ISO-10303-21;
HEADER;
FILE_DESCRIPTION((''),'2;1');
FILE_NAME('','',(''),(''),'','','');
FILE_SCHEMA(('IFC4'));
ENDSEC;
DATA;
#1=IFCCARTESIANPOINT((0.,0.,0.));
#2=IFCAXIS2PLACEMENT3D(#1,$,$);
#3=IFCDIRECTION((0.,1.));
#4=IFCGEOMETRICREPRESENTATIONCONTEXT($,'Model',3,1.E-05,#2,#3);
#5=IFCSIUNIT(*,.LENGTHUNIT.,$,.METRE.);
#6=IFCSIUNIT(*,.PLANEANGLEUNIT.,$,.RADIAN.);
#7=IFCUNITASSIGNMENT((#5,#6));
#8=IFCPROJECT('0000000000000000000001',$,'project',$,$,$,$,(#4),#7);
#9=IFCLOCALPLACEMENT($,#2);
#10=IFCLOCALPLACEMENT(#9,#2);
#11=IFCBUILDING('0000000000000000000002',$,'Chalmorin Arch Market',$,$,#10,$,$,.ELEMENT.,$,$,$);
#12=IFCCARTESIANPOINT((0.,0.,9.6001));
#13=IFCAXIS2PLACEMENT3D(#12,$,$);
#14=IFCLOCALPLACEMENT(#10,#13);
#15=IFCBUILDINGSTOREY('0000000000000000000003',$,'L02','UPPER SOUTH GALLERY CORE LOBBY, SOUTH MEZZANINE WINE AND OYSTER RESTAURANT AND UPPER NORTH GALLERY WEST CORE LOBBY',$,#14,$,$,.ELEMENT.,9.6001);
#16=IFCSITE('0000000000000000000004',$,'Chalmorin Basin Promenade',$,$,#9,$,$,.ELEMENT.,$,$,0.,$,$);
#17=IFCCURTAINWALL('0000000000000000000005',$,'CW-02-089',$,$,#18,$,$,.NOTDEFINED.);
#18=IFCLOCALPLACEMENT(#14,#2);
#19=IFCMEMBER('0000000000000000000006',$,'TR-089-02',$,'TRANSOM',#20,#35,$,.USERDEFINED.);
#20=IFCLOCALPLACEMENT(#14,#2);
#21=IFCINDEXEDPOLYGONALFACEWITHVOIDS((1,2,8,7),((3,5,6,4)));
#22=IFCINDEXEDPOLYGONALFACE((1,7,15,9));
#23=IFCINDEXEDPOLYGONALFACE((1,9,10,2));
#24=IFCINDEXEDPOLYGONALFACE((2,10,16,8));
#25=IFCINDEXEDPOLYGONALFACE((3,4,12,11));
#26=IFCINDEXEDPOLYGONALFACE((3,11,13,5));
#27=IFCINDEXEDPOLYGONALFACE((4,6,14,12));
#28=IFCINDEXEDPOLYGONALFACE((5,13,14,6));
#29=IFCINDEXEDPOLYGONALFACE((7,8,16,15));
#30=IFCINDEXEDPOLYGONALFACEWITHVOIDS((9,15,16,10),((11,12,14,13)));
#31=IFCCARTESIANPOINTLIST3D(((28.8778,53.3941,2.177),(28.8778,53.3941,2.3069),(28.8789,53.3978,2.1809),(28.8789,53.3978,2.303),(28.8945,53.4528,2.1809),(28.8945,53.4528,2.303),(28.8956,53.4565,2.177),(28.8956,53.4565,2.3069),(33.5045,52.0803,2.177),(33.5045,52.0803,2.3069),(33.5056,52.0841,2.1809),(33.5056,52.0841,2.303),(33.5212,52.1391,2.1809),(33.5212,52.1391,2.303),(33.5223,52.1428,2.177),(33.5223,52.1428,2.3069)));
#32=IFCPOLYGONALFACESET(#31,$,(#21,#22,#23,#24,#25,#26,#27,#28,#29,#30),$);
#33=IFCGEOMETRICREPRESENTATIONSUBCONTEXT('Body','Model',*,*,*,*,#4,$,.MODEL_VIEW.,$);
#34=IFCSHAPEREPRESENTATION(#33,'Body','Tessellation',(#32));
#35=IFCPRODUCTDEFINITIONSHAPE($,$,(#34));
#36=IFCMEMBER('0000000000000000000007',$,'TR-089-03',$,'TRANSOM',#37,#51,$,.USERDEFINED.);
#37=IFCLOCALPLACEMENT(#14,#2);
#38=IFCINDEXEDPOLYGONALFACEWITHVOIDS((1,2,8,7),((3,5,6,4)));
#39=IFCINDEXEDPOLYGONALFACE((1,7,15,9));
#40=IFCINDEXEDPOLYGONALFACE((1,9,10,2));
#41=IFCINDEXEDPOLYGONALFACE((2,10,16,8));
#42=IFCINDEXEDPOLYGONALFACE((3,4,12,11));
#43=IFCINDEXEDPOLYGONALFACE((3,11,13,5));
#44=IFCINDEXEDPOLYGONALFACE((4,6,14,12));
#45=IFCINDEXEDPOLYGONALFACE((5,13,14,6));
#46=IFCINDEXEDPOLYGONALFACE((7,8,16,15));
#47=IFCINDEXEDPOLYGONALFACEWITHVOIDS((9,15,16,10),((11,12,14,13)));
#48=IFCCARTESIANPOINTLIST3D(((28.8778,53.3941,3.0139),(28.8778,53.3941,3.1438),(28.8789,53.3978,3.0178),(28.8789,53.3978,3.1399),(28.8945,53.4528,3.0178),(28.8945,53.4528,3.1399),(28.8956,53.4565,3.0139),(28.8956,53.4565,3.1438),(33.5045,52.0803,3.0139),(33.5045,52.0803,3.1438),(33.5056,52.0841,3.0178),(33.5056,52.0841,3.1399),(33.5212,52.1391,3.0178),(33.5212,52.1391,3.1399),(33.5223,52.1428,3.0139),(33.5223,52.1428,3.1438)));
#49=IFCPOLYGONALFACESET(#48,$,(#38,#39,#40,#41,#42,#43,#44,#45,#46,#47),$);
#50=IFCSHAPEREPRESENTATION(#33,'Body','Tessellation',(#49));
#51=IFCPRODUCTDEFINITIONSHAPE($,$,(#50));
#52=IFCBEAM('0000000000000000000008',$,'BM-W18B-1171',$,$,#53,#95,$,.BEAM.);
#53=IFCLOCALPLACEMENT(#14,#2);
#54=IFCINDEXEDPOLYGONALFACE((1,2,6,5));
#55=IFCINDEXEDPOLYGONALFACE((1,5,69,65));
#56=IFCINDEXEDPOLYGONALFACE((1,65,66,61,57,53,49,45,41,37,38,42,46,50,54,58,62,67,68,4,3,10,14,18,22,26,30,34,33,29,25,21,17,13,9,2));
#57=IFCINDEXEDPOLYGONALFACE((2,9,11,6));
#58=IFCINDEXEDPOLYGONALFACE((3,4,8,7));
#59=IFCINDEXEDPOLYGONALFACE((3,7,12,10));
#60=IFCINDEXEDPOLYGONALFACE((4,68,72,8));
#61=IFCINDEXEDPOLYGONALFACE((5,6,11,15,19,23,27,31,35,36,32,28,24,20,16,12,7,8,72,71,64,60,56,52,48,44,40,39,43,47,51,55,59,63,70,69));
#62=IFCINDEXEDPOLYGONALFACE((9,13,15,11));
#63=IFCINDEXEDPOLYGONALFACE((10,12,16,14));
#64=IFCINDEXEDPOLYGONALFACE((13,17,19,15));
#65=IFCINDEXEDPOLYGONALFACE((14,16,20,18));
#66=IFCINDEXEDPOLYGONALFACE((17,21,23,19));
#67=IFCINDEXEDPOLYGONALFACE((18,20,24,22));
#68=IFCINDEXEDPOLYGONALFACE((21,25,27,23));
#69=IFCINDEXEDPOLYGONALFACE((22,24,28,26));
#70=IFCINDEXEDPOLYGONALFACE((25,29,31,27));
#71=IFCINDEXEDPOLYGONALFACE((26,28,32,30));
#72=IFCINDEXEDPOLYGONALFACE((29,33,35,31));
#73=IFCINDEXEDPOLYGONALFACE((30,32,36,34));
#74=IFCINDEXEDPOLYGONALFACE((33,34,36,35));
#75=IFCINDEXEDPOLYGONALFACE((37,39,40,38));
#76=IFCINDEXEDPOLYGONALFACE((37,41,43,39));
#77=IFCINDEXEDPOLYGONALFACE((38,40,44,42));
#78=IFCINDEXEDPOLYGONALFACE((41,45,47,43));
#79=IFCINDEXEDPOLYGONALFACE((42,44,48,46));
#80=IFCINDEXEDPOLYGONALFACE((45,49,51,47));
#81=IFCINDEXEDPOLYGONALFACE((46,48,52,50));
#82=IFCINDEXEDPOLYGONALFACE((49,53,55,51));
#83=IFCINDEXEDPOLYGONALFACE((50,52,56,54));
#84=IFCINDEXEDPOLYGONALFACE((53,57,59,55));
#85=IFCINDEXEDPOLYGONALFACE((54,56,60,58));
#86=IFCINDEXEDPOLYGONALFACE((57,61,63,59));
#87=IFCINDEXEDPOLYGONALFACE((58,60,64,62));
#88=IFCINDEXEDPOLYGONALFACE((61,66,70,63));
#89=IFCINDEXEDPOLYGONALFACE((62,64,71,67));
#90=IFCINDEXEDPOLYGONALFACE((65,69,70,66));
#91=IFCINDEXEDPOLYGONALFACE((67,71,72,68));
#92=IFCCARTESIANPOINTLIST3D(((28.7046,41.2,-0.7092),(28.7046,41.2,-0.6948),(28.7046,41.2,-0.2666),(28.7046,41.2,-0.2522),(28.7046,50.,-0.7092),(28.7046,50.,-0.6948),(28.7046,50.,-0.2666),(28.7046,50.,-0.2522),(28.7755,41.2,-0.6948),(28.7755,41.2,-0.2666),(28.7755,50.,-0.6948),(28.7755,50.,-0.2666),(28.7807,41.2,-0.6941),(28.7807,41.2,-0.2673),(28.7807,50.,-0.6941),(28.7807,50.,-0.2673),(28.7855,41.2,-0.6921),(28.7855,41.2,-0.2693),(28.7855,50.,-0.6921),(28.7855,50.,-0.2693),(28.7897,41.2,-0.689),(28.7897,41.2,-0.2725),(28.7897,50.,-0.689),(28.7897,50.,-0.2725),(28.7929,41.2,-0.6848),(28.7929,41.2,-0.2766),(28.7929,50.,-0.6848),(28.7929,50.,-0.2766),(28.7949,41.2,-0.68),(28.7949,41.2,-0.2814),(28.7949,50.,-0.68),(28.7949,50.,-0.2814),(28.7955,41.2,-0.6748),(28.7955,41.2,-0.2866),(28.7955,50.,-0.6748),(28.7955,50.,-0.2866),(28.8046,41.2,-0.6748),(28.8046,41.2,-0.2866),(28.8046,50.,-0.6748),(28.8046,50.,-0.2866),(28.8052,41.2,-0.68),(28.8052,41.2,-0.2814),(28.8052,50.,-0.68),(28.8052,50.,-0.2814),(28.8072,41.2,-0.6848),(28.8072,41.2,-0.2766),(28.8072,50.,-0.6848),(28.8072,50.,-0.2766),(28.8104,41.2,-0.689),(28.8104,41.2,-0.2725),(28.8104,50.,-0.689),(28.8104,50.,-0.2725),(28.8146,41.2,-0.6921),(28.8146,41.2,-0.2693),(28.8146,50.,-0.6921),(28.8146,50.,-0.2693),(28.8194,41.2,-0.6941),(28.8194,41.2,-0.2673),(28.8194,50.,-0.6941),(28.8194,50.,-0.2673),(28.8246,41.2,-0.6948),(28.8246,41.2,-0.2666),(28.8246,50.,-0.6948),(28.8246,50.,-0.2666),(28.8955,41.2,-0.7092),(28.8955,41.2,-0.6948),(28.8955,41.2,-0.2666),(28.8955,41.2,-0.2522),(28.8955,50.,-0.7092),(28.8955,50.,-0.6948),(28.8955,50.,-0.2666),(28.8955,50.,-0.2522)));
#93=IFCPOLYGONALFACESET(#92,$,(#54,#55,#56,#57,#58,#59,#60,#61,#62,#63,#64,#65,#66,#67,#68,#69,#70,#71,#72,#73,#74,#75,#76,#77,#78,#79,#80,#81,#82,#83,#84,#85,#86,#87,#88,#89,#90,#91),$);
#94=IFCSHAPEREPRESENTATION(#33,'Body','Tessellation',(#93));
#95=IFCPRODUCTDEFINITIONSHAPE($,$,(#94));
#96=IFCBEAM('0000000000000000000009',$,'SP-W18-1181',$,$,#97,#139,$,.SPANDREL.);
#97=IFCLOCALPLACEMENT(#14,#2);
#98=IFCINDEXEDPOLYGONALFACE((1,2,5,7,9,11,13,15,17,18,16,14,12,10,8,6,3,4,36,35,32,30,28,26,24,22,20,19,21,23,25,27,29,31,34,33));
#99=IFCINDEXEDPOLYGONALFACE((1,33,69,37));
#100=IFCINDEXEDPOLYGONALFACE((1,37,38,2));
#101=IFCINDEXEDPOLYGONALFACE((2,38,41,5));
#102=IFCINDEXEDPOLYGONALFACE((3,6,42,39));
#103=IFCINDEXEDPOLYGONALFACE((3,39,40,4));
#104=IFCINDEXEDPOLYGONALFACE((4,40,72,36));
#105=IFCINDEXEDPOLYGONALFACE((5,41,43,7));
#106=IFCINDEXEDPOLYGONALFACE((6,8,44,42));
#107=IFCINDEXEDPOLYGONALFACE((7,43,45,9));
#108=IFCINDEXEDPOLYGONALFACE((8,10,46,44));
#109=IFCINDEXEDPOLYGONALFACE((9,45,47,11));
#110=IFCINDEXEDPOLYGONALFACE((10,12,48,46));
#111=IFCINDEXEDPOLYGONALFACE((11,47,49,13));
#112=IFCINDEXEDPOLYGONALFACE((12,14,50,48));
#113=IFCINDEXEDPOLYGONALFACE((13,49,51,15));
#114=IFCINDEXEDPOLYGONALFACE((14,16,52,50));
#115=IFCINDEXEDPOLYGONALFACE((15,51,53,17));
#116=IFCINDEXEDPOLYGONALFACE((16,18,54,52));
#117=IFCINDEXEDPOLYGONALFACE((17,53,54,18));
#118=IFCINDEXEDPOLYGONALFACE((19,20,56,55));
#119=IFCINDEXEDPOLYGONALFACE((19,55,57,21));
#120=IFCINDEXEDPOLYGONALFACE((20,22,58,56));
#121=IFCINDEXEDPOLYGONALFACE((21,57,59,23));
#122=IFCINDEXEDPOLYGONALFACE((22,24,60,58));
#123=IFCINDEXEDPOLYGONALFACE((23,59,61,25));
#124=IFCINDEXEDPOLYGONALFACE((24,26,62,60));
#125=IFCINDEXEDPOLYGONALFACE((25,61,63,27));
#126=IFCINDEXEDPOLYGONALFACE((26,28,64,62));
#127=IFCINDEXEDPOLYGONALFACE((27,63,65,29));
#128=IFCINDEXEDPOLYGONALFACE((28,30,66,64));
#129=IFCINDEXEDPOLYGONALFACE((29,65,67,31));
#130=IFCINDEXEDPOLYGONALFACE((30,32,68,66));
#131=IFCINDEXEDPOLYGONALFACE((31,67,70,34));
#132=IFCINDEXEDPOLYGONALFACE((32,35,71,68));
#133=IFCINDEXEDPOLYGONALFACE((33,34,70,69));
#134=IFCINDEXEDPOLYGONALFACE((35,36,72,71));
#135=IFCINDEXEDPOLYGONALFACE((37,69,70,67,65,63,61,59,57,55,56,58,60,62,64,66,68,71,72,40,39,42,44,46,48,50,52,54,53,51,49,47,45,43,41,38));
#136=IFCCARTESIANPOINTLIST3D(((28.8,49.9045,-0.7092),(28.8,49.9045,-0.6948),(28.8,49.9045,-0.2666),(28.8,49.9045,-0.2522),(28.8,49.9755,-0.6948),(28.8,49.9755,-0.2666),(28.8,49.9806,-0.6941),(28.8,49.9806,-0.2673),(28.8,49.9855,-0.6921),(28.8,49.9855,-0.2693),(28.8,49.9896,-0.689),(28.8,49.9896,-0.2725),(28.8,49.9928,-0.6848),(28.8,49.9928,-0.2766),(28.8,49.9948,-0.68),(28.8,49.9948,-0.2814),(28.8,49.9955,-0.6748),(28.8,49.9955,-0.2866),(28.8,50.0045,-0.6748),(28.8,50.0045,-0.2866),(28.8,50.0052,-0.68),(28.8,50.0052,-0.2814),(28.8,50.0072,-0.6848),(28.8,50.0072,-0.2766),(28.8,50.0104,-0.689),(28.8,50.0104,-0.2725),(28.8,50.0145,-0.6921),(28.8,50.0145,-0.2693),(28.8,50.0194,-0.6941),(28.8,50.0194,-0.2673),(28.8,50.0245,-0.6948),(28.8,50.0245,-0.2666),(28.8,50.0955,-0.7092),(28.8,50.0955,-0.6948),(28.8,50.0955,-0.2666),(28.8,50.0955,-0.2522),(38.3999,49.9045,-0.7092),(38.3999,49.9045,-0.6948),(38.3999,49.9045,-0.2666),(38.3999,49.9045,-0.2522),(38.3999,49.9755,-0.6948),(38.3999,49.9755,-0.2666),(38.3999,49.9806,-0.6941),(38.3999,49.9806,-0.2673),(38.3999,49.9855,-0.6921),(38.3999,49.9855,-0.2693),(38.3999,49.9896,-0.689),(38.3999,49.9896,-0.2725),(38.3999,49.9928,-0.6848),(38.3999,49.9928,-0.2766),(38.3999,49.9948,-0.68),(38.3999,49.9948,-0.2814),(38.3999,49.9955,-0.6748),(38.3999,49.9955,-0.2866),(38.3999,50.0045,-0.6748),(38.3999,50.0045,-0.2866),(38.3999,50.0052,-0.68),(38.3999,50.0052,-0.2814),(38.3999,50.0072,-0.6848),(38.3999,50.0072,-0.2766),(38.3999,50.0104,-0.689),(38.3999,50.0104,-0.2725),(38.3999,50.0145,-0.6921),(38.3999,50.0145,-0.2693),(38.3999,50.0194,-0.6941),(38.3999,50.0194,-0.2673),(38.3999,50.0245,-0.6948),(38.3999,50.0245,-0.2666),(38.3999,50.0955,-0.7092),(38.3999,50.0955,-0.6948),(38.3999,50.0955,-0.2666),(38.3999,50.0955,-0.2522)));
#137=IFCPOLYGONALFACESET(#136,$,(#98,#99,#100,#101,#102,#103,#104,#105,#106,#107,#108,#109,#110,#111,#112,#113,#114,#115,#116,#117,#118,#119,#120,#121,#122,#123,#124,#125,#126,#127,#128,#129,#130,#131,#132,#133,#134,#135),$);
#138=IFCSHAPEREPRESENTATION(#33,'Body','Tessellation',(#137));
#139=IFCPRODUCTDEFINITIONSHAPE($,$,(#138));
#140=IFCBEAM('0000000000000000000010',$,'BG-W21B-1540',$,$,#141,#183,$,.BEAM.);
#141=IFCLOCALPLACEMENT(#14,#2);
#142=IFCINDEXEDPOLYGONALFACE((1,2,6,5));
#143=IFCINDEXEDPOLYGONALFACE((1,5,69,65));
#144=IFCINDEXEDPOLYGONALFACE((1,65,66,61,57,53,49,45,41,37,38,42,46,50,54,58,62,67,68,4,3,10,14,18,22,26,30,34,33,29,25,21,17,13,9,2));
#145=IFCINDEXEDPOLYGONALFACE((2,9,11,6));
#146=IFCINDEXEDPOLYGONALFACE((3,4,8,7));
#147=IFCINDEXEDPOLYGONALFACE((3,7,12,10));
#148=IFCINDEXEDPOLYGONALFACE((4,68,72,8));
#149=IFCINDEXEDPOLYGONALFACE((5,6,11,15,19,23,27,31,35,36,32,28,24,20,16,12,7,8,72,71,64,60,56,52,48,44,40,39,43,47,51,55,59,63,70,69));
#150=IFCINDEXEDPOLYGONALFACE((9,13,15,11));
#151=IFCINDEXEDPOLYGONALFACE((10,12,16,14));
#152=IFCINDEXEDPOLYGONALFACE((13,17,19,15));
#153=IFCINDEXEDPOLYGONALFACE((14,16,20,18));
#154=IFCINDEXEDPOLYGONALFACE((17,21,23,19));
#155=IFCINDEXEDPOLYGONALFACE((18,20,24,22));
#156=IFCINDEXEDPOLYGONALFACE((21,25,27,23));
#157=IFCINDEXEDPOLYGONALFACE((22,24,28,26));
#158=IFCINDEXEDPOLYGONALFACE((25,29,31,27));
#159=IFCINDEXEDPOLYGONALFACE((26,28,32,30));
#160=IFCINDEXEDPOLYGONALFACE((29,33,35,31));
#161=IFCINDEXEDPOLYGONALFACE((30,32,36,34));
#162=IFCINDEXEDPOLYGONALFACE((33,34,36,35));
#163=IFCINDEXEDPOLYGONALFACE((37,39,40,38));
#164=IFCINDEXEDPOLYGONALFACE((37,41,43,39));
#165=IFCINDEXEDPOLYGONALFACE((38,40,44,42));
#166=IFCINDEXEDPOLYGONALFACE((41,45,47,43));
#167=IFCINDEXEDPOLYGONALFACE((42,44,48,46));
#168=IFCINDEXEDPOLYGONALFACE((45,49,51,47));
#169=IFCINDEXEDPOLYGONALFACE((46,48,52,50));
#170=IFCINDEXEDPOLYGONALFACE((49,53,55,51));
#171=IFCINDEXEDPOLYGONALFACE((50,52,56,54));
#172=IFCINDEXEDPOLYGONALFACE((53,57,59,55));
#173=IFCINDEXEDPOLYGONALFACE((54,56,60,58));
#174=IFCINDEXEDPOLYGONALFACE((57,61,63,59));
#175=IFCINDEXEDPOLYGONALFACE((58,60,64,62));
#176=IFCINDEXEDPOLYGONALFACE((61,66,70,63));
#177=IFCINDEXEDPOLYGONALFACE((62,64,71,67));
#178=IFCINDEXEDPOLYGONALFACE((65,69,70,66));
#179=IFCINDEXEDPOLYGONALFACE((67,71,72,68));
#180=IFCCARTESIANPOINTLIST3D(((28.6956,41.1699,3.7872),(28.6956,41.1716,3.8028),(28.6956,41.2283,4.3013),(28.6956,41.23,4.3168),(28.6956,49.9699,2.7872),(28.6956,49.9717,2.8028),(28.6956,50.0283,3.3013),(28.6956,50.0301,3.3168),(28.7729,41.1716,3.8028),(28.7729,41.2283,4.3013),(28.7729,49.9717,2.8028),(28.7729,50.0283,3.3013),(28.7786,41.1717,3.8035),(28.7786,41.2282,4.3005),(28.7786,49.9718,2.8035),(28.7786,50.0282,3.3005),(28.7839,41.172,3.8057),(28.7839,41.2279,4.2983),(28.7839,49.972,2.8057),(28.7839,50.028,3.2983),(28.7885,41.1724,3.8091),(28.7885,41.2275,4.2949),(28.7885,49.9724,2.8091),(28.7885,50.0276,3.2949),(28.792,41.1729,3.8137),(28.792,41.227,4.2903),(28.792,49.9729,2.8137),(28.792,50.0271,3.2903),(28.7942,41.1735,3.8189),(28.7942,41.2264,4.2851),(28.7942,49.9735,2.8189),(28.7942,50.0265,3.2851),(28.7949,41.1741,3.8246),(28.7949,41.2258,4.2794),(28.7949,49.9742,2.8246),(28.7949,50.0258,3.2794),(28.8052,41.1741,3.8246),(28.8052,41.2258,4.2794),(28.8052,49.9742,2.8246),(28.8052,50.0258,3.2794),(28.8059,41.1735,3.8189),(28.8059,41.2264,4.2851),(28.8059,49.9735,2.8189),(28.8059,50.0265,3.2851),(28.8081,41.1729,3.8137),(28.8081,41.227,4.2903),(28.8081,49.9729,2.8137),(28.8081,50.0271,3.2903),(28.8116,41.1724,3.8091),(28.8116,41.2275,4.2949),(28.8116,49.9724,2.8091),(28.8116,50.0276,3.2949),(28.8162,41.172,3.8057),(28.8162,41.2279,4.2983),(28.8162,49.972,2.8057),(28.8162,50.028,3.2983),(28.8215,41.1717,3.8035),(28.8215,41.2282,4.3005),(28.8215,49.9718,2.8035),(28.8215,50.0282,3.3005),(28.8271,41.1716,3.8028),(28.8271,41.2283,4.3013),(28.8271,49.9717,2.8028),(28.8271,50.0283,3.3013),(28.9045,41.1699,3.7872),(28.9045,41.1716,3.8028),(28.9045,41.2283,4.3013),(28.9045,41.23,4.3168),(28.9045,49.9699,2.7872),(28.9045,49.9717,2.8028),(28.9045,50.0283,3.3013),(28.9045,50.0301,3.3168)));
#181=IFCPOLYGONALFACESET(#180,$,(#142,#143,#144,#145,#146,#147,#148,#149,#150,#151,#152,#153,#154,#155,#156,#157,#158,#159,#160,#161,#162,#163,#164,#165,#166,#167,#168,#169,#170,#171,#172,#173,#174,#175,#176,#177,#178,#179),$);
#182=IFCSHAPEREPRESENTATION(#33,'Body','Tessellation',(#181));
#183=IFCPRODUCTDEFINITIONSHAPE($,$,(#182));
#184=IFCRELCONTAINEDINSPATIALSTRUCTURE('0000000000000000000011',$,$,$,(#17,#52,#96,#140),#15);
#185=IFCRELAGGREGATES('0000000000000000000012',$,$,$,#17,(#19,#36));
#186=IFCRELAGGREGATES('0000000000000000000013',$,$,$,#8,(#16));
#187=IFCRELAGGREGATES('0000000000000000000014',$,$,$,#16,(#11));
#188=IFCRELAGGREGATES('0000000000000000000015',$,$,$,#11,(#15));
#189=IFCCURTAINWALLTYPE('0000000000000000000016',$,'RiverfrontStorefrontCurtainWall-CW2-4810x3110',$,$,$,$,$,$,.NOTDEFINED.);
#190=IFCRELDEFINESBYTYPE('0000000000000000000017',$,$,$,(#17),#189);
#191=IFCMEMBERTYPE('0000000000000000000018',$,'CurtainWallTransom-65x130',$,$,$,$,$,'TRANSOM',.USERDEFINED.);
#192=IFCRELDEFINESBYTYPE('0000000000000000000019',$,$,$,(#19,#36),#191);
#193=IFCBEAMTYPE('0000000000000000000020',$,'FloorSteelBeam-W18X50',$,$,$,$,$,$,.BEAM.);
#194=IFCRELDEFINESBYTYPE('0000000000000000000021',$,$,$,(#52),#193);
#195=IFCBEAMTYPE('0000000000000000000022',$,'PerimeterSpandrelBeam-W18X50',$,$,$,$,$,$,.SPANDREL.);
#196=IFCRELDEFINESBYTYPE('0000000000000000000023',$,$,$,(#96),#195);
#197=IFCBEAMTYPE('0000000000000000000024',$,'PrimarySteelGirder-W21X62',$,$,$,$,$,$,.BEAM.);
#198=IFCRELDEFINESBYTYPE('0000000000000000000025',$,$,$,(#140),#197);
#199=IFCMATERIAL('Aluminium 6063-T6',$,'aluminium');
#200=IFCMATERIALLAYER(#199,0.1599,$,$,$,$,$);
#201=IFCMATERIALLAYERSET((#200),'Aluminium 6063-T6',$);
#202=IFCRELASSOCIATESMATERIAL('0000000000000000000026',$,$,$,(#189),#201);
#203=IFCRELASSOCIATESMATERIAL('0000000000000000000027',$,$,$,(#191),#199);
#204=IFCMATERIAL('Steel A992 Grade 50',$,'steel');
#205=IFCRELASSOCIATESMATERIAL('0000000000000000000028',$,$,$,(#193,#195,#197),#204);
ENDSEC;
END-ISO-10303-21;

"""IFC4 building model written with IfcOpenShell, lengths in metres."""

from ifc_helpers import new_model, si_unit, direction, frame, origin, origin_2d, place, context, subcontext, project, spatial, hollow_rectangle, i_section, extrude, material, layer, layer_set, material_profile, profile_set, type_object, element, aggregate, save


model = new_model("IFC4")

# Units and contexts
model_context = context("Model", 3, precision=1e-05, world=origin(), true_north=direction((0.0, 1.0)))
body_context = subcontext(model_context, "Body", "Model", "MODEL_VIEW")
ifc_project = project(units=[si_unit("LENGTHUNIT", "METRE"), si_unit("PLANEANGLEUNIT", "RADIAN")], contexts=[model_context])

# Site, building, storey
site_placement = place(None, origin())
site = spatial("IfcSite", under=ifc_project, at=site_placement, Name="Chalmorin Basin Promenade", CompositionType="ELEMENT", RefElevation=0.0)
building_placement = place(site_placement, origin())
building = spatial("IfcBuilding", under=site, at=building_placement, Name="Chalmorin Arch Market", CompositionType="ELEMENT")
storey_placement = place(building_placement, frame((0.0, 0.0, 9.6001)))
storey = spatial("IfcBuildingStorey", under=building, at=storey_placement, Name="L02", Description="UPPER SOUTH GALLERY CORE LOBBY, SOUTH MEZZANINE WINE AND OYSTER RESTAURANT AND UPPER NORTH GALLERY WEST CORE LOBBY", CompositionType="ELEMENT", Elevation=9.6001)

# Shared definitions
ifc_material_1 = material(Name="Steel A992 Grade 50", Category="steel")

# Curtain wall, members
ifc_material_2 = material(Name="Aluminium 6063-T6", Category="aluminium")
ifc_layer_1 = layer(ifc_material_2, 0.1599)
ifc_layer_set_1 = layer_set([ifc_layer_1], Name="Aluminium 6063-T6")
curtain_wall_type_1 = type_object("IfcCurtainWallType", Name="RiverfrontStorefrontCurtainWall-CW2-4810x3110", PredefinedType="NOTDEFINED", material=ifc_layer_set_1)
curtain_wall_1_placement = place(storey_placement, origin())
curtain_wall_1 = element("IfcCurtainWall", 1, at=curtain_wall_1_placement, inside=storey, type_object=curtain_wall_type_1, Name="CW-02-089", PredefinedType="NOTDEFINED")
ifc_material_profile_1 = material_profile(ifc_material_2, hollow_rectangle(XDim=0.0649, YDim=0.1299, WallThickness=0.0039, at=origin_2d()), Name="ALU65X130X4")
ifc_profile_set_1 = profile_set([ifc_material_profile_1], Name="Aluminium 6063-T6")
member_type_1 = type_object("IfcMemberType", Name="CurtainWallTransom-65x130", ElementType="TRANSOM", PredefinedType="USERDEFINED", material=ifc_profile_set_1)
member_1_placement = place(storey_placement, frame((28.8867, 53.4253, 2.2419), z_axis=(0.961973, -0.273145, 0.0), x_axis=(0.273145, 0.961973, 0.0)))
member_1 = element("IfcMember", 2, at=member_1_placement, type_object=member_type_1, Name="TR-089-02", ObjectType="TRANSOM", PredefinedType="USERDEFINED", context=body_context, shape_type="SweptSolid", body=[
    extrude(hollow_rectangle(XDim=0.0649, YDim=0.1299, WallThickness=0.0039, at=origin_2d()), origin(), (0.0, 0.0, 1.0), 4.8096),
])
member_2_placement = place(storey_placement, frame((28.8867, 53.4253, 3.0789), z_axis=(0.961973, -0.273145, 0.0), x_axis=(0.273145, 0.961973, 0.0)))
member_2 = element("IfcMember", 3, at=member_2_placement, type_object=member_type_1, Name="TR-089-03", ObjectType="TRANSOM", PredefinedType="USERDEFINED", context=body_context, shape_type="SweptSolid", body=[
    extrude(hollow_rectangle(XDim=0.0649, YDim=0.1299, WallThickness=0.0039, at=origin_2d()), origin(), (0.0, 0.0, 1.0), 4.8096),
])

# Beams
ifc_material_profile_2 = material_profile(ifc_material_1, i_section(OverallWidth=0.1909, OverallDepth=0.457, WebThickness=0.009, FlangeThickness=0.0144, FilletRadius=0.02, at=origin_2d()), Name="W18X50")
ifc_profile_set_2 = profile_set([ifc_material_profile_2], Name="Steel A992 Grade 50")
beam_type_1 = type_object("IfcBeamType", Name="FloorSteelBeam-W18X50", PredefinedType="BEAM", material=ifc_profile_set_2)
beam_1_placement = place(storey_placement, frame((28.8, 41.2, -0.4807), z_axis=(0.0, 1.0, 0.0), x_axis=(-1.0, 0.0, 0.0)))
element("IfcBeam", 4, at=beam_1_placement, inside=storey, type_object=beam_type_1, Name="BM-W18B-1171", PredefinedType="BEAM", context=body_context, shape_type="SweptSolid", body=[
    extrude(i_section(OverallWidth=0.1909, OverallDepth=0.457, WebThickness=0.009, FlangeThickness=0.0144, FilletRadius=0.02, at=origin_2d()), origin(), (0.0, 0.0, 1.0), 8.8),
])
ifc_material_profile_3 = material_profile(ifc_material_1, i_section(OverallWidth=0.1909, OverallDepth=0.457, WebThickness=0.009, FlangeThickness=0.0144, FilletRadius=0.02, at=origin_2d()), Name="W18X50")
ifc_profile_set_3 = profile_set([ifc_material_profile_3], Name="Steel A992 Grade 50")
beam_type_2 = type_object("IfcBeamType", Name="PerimeterSpandrelBeam-W18X50", PredefinedType="SPANDREL", material=ifc_profile_set_3)
beam_2_placement = place(storey_placement, frame((28.8, 50.0, -0.4807), z_axis=(1.0, 0.0, 0.0), x_axis=(0.0, 1.0, 0.0)))
element("IfcBeam", 5, at=beam_2_placement, inside=storey, type_object=beam_type_2, Name="SP-W18-1181", PredefinedType="SPANDREL", context=body_context, shape_type="SweptSolid", body=[
    extrude(i_section(OverallWidth=0.1909, OverallDepth=0.457, WebThickness=0.009, FlangeThickness=0.0144, FilletRadius=0.02, at=origin_2d()), origin(), (0.0, 0.0, 1.0), 9.5999),
])
ifc_material_profile_4 = material_profile(ifc_material_1, i_section(OverallWidth=0.209, OverallDepth=0.533, WebThickness=0.0103, FlangeThickness=0.0156, FilletRadius=0.022, at=origin_2d()), Name="W21X62")
ifc_profile_set_4 = profile_set([ifc_material_profile_4], Name="Steel A992 Grade 50")
beam_type_3 = type_object("IfcBeamType", Name="PrimarySteelGirder-W21X62", PredefinedType="BEAM", material=ifc_profile_set_4)
beam_3_placement = place(storey_placement, frame((28.8, 41.2, 4.052), z_axis=(0.0, 0.993605, -0.112909), x_axis=(-1.0, 0.0, 0.0)))
element("IfcBeam", 6, at=beam_3_placement, inside=storey, type_object=beam_type_3, Name="BG-W21B-1540", PredefinedType="BEAM", context=body_context, shape_type="SweptSolid", body=[
    extrude(i_section(OverallWidth=0.209, OverallDepth=0.533, WebThickness=0.0103, FlangeThickness=0.0156, FilletRadius=0.022, at=origin_2d()), origin(), (0.0, 0.0, 1.0), 8.8567),
])

aggregate(curtain_wall_1, [member_1, member_2])

save(model, "model.ifc")
